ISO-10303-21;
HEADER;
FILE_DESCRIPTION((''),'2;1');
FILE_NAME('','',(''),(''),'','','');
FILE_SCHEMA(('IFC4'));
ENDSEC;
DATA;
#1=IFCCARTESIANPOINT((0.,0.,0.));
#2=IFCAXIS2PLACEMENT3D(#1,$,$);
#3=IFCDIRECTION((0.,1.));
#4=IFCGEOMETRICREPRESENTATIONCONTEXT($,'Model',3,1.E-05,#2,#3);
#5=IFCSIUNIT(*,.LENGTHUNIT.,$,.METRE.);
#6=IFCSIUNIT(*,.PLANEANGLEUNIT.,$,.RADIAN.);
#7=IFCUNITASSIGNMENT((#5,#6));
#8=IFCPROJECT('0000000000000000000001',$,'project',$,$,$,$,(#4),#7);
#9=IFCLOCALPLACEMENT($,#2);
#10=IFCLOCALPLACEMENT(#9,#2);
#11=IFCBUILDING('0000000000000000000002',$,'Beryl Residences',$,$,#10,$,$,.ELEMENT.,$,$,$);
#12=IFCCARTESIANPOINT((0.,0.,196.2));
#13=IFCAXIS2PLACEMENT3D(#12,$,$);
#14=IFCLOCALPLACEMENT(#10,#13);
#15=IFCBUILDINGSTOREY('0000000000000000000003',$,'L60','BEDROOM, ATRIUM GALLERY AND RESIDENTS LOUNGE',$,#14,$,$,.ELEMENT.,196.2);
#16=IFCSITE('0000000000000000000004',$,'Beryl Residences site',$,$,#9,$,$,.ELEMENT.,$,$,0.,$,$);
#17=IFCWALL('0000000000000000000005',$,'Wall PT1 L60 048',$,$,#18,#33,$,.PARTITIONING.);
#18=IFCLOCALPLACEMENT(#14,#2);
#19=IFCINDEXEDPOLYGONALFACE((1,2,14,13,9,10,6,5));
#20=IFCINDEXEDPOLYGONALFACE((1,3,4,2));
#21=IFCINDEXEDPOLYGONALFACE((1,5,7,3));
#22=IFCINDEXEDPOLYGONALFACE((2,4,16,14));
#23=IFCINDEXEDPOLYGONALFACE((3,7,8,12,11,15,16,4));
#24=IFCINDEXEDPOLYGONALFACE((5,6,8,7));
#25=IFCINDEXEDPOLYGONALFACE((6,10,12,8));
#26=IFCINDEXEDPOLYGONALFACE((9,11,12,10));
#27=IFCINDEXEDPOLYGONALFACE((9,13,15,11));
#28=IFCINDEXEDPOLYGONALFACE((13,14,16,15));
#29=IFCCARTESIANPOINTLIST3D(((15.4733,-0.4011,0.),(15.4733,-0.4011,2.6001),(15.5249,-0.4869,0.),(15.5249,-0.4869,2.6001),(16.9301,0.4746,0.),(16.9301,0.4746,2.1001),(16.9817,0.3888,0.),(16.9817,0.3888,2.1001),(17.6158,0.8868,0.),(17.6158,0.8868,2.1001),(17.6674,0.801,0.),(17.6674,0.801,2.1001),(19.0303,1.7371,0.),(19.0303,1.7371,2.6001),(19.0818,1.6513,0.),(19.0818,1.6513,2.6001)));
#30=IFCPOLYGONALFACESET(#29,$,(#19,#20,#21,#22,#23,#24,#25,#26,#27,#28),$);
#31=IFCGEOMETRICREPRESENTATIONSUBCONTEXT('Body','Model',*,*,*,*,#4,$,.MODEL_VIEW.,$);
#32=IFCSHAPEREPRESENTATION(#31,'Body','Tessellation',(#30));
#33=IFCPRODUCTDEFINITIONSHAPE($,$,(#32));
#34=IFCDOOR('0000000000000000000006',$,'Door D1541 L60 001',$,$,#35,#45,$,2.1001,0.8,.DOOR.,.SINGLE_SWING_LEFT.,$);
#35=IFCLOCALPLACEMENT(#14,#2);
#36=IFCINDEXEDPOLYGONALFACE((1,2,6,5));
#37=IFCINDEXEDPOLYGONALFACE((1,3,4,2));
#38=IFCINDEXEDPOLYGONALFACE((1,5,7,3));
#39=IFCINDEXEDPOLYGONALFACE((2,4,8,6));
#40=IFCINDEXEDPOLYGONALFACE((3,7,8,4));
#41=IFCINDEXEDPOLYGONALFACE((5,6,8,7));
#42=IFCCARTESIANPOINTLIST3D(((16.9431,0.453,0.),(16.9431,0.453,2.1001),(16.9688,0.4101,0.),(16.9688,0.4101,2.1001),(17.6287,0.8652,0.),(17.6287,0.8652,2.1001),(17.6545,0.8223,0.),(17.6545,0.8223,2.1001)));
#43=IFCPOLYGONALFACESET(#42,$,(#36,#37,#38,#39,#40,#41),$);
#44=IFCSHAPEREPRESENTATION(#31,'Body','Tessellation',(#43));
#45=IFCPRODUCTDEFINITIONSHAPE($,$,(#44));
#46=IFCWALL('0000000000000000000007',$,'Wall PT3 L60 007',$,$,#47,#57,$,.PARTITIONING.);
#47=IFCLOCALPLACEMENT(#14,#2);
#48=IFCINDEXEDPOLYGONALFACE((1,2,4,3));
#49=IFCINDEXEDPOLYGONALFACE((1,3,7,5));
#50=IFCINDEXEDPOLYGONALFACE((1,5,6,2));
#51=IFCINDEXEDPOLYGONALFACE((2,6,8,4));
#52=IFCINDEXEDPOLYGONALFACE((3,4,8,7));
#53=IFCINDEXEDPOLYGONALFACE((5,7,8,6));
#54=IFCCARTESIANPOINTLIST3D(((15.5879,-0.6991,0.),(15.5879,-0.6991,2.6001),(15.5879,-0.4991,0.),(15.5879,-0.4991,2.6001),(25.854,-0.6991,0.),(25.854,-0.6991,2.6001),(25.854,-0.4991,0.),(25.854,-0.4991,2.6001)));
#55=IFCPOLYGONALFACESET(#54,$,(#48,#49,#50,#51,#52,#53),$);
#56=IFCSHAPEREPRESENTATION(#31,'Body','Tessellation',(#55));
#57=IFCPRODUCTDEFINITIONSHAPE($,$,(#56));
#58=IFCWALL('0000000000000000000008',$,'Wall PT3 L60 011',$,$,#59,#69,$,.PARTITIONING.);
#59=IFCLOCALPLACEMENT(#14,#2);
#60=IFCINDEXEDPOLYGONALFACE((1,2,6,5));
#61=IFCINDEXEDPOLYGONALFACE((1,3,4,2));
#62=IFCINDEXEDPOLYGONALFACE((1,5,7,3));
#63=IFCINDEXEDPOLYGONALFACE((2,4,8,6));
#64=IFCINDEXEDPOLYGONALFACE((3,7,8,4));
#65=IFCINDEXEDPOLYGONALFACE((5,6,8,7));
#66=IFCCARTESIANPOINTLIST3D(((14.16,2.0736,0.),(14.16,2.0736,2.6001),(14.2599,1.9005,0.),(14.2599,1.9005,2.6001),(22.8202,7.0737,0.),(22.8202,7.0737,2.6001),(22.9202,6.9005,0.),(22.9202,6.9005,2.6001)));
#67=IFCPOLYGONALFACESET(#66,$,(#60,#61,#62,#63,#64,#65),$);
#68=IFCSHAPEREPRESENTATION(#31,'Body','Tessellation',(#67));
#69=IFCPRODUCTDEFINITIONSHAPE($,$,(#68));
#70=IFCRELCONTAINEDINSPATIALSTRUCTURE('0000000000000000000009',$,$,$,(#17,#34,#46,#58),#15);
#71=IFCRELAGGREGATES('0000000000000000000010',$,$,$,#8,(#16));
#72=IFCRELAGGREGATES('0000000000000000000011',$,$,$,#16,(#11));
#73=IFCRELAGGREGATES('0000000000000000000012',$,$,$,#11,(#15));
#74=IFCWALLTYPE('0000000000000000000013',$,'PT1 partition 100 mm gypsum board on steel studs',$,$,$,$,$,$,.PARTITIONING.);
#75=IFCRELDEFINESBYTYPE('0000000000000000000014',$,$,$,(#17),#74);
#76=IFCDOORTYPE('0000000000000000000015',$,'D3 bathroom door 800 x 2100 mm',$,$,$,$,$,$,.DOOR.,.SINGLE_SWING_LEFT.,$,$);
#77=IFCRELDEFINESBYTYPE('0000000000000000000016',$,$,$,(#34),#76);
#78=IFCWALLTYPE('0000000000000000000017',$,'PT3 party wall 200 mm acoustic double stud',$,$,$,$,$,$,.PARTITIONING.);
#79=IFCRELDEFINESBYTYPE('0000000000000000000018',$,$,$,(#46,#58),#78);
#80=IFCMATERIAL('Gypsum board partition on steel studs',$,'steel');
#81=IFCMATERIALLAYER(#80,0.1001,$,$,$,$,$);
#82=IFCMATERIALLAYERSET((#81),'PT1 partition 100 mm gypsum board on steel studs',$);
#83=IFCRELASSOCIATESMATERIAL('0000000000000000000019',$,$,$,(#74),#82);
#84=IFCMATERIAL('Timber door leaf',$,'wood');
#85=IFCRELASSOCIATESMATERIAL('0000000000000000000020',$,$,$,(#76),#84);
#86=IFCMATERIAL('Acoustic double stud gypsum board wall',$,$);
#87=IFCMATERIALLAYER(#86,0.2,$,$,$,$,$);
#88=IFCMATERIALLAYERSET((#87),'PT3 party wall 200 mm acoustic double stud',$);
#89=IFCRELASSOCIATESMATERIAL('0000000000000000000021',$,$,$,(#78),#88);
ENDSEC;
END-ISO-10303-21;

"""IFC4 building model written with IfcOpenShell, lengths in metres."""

from ifc_helpers import new_model, si_unit, direction, frame, frame_2d, origin, place, context, subcontext, project, spatial, rectangle, extrude, material, layer, layer_set, type_object, element, fill, save


model = new_model("IFC4")

# Units and contexts
model_context = context("Model", 3, precision=1e-05, world=origin(), true_north=direction((0.0, 1.0)))
body_context = subcontext(model_context, "Body", "Model", "MODEL_VIEW")
ifc_project = project(units=[si_unit("LENGTHUNIT", "METRE"), si_unit("PLANEANGLEUNIT", "RADIAN")], contexts=[model_context])

# Site, building, storey
site_placement = place(None, origin())
site = spatial("IfcSite", under=ifc_project, at=site_placement, Name="Beryl Residences site", CompositionType="ELEMENT", RefElevation=0.0)
building_placement = place(site_placement, origin())
building = spatial("IfcBuilding", under=site, at=building_placement, Name="Beryl Residences", CompositionType="ELEMENT")
storey_placement = place(building_placement, frame((0.0, 0.0, 196.2)))
storey = spatial("IfcBuildingStorey", under=building, at=storey_placement, Name="L60", Description="BEDROOM, ATRIUM GALLERY AND RESIDENTS LOUNGE", CompositionType="ELEMENT", Elevation=196.2)

# Shared definitions
ifc_material_1 = material(Name="Gypsum board partition on steel studs", Category="steel")
ifc_layer_1 = layer(ifc_material_1, 0.1001)
ifc_layer_set_1 = layer_set([ifc_layer_1], Name="PT1 partition 100 mm gypsum board on steel studs")
wall_type_1 = type_object("IfcWallType", Name="PT1 partition 100 mm gypsum board on steel studs", PredefinedType="PARTITIONING", material=ifc_layer_set_1)

# Wall, opening, door
ifc_material_2 = material(Name="Timber door leaf", Category="wood")
door_type_1 = type_object("IfcDoorType", Name="D3 bathroom door 800 x 2100 mm", OperationType="SINGLE_SWING_LEFT", PredefinedType="DOOR", material=ifc_material_2)
wall_1_placement = place(storey_placement, frame((15.499, -0.4441, 0.0), z_axis=(0.0, 0.0, 1.0), x_axis=(0.857062, 0.515214, 0.0)))
wall_1 = element("IfcWall", 1, at=wall_1_placement, inside=storey, type_object=wall_type_1, Name="Wall PT1 L60 048", PredefinedType="PARTITIONING", context=body_context, shape_type="SweptSolid", body=[
    extrude(rectangle(XDim=4.1501, YDim=0.1001, at=frame_2d((2.0752, 0.0))), origin(), (0.0, 0.0, 1.0), 2.6001),
])
opening_1_placement = place(wall_1_placement, frame((1.7, 0.0, 0.0)))
opening_1 = element("IfcOpeningElement", 2, at=opening_1_placement, cuts=wall_1, PredefinedType="OPENING", context=body_context, shape_type="SweptSolid", body=[
    extrude(rectangle(XDim=0.8, YDim=2.1001, at=frame_2d((0.3999, 1.05))), frame((0.0, 0.0601, 0.0), z_axis=(0.0, -1.0, 0.0), x_axis=(1.0, 0.0, 0.0)), (0.0, 0.0, 1.0), 0.1201),
])
door_1_placement = place(opening_1_placement, origin())
door_1 = element("IfcDoor", 3, at=door_1_placement, inside=storey, type_object=door_type_1, Name="Door D1541 L60 001", OperationType="SINGLE_SWING_LEFT", OverallHeight=2.1001, OverallWidth=0.8, PredefinedType="DOOR", context=body_context, shape_type="SweptSolid", body=[
    extrude(rectangle(XDim=0.8, YDim=2.1001, at=frame_2d((0.3999, 1.05))), frame((0.0, 0.0249, 0.0), z_axis=(0.0, -1.0, 0.0), x_axis=(1.0, 0.0, 0.0)), (0.0, 0.0, 1.0), 0.05),
])
fill(opening_1, door_1)

# Walls
ifc_material_3 = material(Name="Acoustic double stud gypsum board wall")
ifc_layer_2 = layer(ifc_material_3, 0.2)
ifc_layer_set_2 = layer_set([ifc_layer_2], Name="PT3 party wall 200 mm acoustic double stud")
wall_type_2 = type_object("IfcWallType", Name="PT3 party wall 200 mm acoustic double stud", PredefinedType="PARTITIONING", material=ifc_layer_set_2)
wall_2_placement = place(storey_placement, frame((15.5879, -0.5991, 0.0), z_axis=(0.0, 0.0, 1.0), x_axis=(1.0, 0.0, 0.0)))
element("IfcWall", 4, at=wall_2_placement, inside=storey, type_object=wall_type_2, Name="Wall PT3 L60 007", PredefinedType="PARTITIONING", context=body_context, shape_type="SweptSolid", body=[
    extrude(rectangle(XDim=10.2661, YDim=0.2, at=frame_2d((5.1331, 0.0))), origin(), (0.0, 0.0, 1.0), 2.6001),
])
wall_3_placement = place(storey_placement, frame((14.21, 1.9871, 0.0), z_axis=(0.0, 0.0, 1.0), x_axis=(0.866023, 0.500004, 0.0)))
element("IfcWall", 5, at=wall_3_placement, inside=storey, type_object=wall_type_2, Name="Wall PT3 L60 011", PredefinedType="PARTITIONING", context=body_context, shape_type="SweptSolid", body=[
    extrude(rectangle(XDim=10.0, YDim=0.2, at=frame_2d((5.0, 0.0))), origin(), (0.0, 0.0, 1.0), 2.6001),
])

save(model, "model.ifc")
